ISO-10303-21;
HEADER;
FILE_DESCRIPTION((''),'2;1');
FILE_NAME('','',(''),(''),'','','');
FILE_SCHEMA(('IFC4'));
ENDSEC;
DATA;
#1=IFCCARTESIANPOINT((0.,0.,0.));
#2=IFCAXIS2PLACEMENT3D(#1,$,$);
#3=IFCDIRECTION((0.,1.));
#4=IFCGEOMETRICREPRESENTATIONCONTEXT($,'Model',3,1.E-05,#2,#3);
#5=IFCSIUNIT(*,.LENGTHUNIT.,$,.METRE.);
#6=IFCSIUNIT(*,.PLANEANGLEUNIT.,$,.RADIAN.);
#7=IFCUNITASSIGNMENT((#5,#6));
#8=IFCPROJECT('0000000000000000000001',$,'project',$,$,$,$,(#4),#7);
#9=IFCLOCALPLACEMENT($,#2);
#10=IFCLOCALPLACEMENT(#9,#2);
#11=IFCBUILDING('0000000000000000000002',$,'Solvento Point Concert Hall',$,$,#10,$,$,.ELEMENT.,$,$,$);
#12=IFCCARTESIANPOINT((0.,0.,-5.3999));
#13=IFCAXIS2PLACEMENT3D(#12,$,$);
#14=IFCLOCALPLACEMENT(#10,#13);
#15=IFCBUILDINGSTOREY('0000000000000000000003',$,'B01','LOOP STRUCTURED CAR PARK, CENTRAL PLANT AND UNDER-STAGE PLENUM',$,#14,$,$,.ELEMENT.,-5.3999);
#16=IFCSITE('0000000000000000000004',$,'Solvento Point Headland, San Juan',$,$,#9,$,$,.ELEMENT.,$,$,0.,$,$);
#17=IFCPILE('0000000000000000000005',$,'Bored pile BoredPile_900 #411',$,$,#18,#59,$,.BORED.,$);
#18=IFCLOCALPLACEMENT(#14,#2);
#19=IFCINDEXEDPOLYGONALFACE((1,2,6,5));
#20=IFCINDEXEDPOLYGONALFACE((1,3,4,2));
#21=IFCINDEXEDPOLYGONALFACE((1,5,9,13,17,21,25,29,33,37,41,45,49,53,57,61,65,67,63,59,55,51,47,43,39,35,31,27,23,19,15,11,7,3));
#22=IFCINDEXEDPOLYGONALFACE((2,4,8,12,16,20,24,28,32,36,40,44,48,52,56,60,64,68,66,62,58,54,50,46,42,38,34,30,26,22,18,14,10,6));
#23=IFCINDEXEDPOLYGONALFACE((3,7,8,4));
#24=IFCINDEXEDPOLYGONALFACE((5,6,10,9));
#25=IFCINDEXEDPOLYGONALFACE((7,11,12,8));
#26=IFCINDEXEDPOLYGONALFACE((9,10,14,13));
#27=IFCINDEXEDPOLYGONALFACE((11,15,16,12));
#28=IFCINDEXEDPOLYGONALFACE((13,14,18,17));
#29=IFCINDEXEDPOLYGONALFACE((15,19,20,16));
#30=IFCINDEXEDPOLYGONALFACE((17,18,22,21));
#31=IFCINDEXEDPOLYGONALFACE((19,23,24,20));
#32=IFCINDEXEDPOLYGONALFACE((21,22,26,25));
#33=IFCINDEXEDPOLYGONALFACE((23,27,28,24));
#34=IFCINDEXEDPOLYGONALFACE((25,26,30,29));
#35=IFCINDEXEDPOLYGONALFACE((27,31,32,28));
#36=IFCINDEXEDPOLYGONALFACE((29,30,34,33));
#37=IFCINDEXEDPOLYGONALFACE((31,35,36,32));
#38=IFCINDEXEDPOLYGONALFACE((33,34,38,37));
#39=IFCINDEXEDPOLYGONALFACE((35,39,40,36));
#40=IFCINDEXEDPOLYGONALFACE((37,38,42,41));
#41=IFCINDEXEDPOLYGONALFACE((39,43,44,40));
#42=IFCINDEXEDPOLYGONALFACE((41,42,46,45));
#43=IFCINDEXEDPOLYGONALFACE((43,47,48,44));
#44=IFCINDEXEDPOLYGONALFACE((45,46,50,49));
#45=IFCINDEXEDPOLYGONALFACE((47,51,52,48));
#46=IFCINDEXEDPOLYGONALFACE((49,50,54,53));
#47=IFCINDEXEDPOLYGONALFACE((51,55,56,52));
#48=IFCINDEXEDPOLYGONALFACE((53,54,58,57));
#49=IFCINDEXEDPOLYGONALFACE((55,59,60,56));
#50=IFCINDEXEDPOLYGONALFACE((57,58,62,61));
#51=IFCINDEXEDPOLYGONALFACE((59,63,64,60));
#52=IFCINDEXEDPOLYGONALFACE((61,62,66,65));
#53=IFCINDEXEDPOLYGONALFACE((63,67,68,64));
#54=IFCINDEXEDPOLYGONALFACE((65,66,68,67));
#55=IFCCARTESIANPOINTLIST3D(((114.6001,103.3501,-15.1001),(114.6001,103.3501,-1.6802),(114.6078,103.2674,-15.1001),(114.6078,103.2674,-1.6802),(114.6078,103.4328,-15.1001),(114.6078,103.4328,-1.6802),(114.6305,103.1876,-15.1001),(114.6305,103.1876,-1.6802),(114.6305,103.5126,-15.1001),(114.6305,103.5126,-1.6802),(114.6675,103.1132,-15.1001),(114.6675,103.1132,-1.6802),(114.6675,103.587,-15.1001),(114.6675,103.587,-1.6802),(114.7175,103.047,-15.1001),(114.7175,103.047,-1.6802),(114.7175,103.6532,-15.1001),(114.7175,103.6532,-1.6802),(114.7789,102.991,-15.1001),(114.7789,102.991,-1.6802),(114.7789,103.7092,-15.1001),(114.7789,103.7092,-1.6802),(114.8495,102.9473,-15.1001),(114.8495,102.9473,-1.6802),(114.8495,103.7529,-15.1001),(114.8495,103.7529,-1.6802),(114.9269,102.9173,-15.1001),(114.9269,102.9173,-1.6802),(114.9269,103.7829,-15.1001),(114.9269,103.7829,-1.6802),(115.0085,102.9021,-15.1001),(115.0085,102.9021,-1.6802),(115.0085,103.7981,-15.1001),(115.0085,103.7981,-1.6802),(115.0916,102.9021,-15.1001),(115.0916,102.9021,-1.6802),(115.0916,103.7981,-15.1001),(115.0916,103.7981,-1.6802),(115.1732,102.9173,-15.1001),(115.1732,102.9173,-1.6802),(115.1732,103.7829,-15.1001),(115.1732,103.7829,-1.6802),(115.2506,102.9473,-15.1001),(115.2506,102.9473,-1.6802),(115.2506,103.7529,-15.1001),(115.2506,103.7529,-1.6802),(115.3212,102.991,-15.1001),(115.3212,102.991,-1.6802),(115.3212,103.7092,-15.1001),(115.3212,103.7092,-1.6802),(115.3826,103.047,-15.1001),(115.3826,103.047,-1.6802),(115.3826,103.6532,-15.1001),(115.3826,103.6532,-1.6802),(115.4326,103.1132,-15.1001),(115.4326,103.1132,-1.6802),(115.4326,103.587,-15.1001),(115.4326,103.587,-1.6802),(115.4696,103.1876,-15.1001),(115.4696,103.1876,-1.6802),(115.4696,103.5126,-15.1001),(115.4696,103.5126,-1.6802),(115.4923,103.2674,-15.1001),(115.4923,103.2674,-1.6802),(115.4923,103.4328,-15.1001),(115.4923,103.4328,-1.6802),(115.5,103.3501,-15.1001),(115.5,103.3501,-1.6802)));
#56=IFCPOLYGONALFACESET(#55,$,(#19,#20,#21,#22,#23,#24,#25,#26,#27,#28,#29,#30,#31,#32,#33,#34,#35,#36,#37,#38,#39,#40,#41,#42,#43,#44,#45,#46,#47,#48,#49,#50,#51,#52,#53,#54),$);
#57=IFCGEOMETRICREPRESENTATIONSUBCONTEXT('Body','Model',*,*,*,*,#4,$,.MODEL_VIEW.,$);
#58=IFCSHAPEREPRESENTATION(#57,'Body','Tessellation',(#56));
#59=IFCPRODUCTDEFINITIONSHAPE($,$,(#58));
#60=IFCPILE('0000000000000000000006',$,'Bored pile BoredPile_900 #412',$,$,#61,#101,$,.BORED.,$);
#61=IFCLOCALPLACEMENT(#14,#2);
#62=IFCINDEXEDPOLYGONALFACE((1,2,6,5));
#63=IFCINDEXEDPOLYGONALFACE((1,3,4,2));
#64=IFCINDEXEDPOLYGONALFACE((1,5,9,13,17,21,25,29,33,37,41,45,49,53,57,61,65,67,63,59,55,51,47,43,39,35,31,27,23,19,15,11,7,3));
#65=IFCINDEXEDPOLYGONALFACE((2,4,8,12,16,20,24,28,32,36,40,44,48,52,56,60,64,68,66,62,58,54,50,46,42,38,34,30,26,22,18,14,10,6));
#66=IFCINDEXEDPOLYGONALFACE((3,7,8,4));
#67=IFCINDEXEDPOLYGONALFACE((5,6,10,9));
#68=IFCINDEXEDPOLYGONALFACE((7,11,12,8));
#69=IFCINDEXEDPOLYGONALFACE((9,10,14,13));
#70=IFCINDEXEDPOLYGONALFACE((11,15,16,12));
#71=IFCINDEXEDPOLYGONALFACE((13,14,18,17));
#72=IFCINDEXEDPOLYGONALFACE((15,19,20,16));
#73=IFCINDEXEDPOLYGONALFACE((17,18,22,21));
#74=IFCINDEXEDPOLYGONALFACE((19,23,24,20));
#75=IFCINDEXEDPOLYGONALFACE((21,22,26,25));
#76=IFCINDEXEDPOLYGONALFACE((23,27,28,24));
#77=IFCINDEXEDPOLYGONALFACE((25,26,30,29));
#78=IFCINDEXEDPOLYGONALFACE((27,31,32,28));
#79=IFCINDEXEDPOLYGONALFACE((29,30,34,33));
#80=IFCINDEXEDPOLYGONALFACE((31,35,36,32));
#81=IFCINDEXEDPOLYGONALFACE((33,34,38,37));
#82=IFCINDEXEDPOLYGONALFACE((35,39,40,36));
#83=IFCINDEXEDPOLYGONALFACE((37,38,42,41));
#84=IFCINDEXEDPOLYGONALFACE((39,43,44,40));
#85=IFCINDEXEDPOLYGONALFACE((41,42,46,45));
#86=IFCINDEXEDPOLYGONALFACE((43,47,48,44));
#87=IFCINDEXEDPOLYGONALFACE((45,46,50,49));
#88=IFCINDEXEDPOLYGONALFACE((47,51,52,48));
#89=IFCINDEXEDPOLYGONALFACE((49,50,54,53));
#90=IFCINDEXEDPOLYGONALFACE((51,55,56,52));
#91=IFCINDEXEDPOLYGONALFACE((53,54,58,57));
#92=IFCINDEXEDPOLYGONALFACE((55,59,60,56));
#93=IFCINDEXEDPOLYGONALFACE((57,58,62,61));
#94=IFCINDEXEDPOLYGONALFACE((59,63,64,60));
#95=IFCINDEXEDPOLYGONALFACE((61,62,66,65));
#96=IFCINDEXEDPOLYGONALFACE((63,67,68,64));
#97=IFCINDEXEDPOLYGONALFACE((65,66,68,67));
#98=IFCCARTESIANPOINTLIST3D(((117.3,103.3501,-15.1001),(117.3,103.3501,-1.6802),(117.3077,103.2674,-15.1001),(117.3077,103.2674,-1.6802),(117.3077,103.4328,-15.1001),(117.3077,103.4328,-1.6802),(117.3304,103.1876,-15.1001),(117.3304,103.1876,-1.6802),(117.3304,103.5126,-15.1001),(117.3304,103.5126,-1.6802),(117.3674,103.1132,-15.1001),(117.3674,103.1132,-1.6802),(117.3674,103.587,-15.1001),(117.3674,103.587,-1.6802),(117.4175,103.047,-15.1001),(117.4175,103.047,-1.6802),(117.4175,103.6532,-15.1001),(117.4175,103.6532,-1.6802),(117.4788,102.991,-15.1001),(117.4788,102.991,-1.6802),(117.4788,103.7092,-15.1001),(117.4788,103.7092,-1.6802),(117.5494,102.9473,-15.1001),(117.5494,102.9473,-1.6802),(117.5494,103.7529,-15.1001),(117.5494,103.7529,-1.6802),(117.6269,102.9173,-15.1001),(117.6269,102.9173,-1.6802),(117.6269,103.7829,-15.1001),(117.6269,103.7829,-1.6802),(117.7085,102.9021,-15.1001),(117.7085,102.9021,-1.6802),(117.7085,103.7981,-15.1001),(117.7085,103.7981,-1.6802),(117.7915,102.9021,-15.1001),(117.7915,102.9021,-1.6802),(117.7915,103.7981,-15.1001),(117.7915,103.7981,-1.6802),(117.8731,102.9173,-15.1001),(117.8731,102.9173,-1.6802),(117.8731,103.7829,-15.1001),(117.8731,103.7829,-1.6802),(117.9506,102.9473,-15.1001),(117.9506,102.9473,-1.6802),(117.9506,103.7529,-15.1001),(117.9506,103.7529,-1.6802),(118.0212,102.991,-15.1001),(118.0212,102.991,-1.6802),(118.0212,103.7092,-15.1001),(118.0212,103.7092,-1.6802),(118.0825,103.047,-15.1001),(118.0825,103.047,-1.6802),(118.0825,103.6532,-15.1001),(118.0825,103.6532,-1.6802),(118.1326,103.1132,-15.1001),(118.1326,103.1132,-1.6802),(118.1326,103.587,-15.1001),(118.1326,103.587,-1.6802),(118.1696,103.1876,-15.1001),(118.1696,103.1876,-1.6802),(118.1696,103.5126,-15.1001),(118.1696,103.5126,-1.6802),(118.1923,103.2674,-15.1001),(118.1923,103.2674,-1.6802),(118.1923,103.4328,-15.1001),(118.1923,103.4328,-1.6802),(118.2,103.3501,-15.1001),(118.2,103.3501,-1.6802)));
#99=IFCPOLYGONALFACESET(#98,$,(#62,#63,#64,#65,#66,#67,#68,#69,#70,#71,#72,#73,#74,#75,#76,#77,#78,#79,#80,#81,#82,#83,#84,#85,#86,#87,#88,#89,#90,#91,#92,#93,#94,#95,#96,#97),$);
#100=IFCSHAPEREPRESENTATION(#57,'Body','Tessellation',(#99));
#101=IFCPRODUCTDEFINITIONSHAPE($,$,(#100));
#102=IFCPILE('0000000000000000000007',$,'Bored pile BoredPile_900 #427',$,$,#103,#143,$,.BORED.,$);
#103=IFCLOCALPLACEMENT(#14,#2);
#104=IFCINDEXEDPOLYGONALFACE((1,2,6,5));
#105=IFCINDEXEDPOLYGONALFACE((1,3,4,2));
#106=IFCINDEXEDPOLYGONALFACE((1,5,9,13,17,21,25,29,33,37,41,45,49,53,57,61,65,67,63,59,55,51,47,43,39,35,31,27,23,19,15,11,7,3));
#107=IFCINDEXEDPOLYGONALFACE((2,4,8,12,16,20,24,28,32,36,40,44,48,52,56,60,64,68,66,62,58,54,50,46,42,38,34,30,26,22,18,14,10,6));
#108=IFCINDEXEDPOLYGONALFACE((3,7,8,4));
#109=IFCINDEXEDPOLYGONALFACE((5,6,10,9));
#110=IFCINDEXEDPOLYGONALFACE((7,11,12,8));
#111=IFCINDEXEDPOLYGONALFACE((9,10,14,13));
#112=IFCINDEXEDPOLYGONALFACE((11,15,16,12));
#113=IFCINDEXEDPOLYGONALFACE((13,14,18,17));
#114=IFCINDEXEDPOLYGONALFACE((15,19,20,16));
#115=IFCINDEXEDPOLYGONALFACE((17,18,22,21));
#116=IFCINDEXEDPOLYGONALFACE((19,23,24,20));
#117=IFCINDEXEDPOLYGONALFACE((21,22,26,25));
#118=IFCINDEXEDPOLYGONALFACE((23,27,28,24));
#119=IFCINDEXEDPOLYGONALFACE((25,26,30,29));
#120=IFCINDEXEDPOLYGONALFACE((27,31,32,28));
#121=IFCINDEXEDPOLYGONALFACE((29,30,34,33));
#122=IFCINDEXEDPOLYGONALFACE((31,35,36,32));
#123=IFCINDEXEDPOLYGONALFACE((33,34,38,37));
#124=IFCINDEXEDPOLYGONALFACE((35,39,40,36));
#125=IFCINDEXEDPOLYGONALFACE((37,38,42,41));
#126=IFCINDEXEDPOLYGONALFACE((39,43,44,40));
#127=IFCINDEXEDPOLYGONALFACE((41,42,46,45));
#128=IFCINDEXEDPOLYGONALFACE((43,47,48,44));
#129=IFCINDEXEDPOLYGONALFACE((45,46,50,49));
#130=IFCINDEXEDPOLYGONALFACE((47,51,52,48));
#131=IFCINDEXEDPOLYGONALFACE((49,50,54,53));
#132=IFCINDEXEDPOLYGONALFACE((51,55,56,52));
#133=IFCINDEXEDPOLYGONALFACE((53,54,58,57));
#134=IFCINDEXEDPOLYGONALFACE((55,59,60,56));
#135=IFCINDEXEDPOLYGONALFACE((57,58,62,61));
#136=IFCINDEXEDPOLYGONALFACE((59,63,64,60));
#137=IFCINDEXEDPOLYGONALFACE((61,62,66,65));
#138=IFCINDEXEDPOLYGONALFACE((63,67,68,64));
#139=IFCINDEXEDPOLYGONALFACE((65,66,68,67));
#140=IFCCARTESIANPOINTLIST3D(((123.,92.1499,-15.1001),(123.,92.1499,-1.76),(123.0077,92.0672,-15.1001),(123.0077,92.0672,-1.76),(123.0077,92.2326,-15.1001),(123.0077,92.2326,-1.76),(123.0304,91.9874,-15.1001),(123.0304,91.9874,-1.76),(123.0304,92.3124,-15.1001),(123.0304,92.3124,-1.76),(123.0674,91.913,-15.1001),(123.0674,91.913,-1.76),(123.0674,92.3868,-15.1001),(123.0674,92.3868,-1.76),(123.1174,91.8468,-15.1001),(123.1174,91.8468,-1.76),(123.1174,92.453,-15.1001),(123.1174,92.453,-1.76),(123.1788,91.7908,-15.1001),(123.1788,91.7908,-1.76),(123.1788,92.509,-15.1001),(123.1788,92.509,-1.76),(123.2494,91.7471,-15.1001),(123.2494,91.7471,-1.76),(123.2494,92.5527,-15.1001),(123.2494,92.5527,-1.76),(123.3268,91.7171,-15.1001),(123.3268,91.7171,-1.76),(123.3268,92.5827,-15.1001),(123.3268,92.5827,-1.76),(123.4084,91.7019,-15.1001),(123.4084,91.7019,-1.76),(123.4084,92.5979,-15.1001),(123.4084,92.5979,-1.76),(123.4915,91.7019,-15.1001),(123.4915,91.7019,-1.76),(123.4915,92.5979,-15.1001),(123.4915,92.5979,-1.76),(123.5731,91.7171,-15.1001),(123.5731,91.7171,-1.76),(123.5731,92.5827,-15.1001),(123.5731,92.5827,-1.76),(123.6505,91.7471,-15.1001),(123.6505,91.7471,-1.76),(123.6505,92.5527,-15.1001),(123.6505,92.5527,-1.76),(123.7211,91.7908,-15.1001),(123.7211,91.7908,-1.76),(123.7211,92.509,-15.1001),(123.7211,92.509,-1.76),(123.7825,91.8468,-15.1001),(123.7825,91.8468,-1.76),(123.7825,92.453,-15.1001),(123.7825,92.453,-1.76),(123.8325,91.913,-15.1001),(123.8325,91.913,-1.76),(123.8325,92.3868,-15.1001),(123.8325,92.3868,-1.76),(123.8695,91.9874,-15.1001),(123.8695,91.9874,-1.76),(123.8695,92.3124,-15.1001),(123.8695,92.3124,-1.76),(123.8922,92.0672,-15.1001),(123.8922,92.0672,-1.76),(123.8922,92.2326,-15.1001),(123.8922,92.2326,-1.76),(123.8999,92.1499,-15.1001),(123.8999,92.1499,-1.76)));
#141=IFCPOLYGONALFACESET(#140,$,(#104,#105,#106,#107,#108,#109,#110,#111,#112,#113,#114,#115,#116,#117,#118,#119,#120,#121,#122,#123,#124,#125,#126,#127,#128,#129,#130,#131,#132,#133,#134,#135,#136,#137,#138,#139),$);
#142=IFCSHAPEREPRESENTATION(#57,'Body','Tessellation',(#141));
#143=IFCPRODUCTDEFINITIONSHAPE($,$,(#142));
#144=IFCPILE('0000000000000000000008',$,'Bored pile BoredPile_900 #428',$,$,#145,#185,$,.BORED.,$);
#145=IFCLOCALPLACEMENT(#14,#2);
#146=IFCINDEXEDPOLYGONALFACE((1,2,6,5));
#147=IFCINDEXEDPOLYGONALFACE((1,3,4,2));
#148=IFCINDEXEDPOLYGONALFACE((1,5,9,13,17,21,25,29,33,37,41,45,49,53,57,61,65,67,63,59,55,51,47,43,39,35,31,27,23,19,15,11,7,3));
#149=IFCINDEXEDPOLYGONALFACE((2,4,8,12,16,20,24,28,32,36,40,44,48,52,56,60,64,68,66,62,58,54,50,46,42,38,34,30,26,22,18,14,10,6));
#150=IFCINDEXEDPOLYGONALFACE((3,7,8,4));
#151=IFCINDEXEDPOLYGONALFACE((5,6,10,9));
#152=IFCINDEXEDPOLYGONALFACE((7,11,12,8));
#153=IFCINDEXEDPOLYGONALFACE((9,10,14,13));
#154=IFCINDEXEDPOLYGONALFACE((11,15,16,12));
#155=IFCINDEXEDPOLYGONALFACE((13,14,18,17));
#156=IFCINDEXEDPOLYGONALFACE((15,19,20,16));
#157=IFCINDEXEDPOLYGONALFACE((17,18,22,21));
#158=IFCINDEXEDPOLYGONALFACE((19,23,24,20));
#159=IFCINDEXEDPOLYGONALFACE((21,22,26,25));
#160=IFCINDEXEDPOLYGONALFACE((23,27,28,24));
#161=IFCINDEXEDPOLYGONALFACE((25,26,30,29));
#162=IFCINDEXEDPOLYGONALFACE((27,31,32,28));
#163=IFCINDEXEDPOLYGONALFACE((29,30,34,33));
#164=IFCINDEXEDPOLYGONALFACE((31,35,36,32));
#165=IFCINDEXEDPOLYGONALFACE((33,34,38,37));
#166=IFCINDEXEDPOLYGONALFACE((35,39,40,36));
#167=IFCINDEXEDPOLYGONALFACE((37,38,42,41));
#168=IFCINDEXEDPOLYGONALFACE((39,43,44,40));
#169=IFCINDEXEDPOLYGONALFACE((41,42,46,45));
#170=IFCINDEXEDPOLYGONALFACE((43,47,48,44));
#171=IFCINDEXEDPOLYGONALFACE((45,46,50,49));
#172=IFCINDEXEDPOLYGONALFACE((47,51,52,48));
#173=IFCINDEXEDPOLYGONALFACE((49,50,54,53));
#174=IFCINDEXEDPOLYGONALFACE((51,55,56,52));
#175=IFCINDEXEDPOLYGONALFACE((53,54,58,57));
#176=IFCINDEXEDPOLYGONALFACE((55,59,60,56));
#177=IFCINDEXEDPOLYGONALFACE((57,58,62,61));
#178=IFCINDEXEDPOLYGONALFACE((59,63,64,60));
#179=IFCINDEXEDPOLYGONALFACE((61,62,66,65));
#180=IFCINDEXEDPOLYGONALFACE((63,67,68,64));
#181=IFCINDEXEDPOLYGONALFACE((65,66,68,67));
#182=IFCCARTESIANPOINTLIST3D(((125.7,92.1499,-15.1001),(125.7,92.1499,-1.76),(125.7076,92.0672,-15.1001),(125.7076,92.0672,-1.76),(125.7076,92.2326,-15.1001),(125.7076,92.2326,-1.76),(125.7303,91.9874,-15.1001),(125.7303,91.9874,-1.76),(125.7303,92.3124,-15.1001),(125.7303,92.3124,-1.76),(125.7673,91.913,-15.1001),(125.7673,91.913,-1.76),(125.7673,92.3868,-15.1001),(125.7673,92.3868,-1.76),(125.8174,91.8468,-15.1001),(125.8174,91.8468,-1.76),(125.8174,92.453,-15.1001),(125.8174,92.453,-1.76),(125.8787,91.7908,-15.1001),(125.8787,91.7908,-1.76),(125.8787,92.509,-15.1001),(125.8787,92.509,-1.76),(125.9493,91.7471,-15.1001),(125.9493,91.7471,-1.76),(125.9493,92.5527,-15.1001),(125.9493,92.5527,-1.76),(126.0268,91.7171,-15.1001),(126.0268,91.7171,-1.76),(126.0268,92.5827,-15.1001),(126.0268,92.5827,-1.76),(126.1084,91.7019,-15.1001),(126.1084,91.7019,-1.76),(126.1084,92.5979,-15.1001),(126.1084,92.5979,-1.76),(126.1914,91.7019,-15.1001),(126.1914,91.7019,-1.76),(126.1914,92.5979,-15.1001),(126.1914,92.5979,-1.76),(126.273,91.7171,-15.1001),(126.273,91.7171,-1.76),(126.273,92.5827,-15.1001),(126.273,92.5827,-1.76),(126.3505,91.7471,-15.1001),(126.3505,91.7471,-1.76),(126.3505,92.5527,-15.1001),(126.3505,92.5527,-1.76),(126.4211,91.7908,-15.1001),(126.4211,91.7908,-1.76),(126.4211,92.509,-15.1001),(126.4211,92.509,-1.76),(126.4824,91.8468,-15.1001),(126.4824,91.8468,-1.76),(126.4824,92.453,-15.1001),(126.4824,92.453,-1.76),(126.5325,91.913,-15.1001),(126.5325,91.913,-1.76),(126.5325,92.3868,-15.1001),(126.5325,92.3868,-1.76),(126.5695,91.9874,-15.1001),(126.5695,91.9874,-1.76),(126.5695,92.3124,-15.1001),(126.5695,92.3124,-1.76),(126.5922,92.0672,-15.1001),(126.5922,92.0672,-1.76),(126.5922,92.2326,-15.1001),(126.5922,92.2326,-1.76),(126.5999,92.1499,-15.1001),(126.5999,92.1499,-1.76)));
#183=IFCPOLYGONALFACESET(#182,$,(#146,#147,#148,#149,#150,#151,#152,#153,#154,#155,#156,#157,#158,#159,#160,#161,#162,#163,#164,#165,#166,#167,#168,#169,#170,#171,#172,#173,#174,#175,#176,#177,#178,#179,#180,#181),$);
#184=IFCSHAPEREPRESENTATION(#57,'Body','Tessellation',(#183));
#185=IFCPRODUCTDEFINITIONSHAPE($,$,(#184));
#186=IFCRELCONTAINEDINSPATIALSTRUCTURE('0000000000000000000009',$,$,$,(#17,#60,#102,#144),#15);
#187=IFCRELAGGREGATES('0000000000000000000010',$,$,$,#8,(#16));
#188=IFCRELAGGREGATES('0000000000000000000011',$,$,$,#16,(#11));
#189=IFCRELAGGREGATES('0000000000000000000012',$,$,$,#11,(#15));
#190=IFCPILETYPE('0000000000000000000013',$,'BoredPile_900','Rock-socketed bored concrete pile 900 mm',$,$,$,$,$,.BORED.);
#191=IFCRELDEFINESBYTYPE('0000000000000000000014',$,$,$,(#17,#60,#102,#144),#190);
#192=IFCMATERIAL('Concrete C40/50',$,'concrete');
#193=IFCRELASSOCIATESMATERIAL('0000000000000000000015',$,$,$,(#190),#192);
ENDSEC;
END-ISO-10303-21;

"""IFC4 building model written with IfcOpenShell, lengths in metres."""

from ifc_helpers import new_model, si_unit, direction, frame, origin, origin_2d, place, context, subcontext, project, spatial, circle, extrude, material, material_profile, profile_set, type_object, element, save


model = new_model("IFC4")

# Units and contexts
model_context = context("Model", 3, precision=1e-05, world=origin(), true_north=direction((0.0, 1.0)))
body_context = subcontext(model_context, "Body", "Model", "MODEL_VIEW")
ifc_project = project(units=[si_unit("LENGTHUNIT", "METRE"), si_unit("PLANEANGLEUNIT", "RADIAN")], contexts=[model_context])

# Site, building, storey
site_placement = place(None, origin())
site = spatial("IfcSite", under=ifc_project, at=site_placement, Name="Solvento Point Headland, San Juan", CompositionType="ELEMENT", RefElevation=0.0)
building_placement = place(site_placement, origin())
building = spatial("IfcBuilding", under=site, at=building_placement, Name="Solvento Point Concert Hall", CompositionType="ELEMENT")
storey_placement = place(building_placement, frame((0.0, 0.0, -5.3999)))
storey = spatial("IfcBuildingStorey", under=building, at=storey_placement, Name="B01", Description="LOOP STRUCTURED CAR PARK, CENTRAL PLANT AND UNDER-STAGE PLENUM", CompositionType="ELEMENT", Elevation=-5.3999)

# Piles
ifc_material_1 = material(Name="Concrete C40/50", Category="concrete")
ifc_material_profile_1 = material_profile(ifc_material_1, circle(Radius=0.45, at=origin_2d()), Name="BP-900")
ifc_profile_set_1 = profile_set([ifc_material_profile_1], Name="Concrete C40/50")
pile_type = type_object("IfcPileType", Name="BoredPile_900", Description="Rock-socketed bored concrete pile 900 mm", PredefinedType="BORED", material=ifc_profile_set_1)
for number, where, z_axis, x_axis, name in (
    (1, (115.05, 103.3501, -1.6802), (0.0, 0.0, -1.0), (1.0, 0.0, 0.0), "Bored pile BoredPile_900 #411"),
    (2, (117.75, 103.3501, -1.6802), (0.0, 0.0, -1.0), (1.0, 0.0, 0.0), "Bored pile BoredPile_900 #412"),
):
    element("IfcPile", number, at=place(storey_placement, frame(where, z_axis=z_axis, x_axis=x_axis)), inside=storey, type_object=pile_type, Name=name, PredefinedType="BORED", context=body_context, shape_type="SweptSolid", body=[
        extrude(circle(Radius=0.45, at=origin_2d()), origin(), (0.0, 0.0, 1.0), 13.4199),
    ])
for number, where, z_axis, x_axis, name in (
    (3, (123.45, 92.1499, -1.76), (0.0, 0.0, -1.0), (1.0, 0.0, 0.0), "Bored pile BoredPile_900 #427"),
    (4, (126.1499, 92.1499, -1.76), (0.0, 0.0, -1.0), (1.0, 0.0, 0.0), "Bored pile BoredPile_900 #428"),
):
    element("IfcPile", number, at=place(storey_placement, frame(where, z_axis=z_axis, x_axis=x_axis)), inside=storey, type_object=pile_type, Name=name, PredefinedType="BORED", context=body_context, shape_type="SweptSolid", body=[
        extrude(circle(Radius=0.45, at=origin_2d()), origin(), (0.0, 0.0, 1.0), 13.3401),
    ])

save(model, "model.ifc")
